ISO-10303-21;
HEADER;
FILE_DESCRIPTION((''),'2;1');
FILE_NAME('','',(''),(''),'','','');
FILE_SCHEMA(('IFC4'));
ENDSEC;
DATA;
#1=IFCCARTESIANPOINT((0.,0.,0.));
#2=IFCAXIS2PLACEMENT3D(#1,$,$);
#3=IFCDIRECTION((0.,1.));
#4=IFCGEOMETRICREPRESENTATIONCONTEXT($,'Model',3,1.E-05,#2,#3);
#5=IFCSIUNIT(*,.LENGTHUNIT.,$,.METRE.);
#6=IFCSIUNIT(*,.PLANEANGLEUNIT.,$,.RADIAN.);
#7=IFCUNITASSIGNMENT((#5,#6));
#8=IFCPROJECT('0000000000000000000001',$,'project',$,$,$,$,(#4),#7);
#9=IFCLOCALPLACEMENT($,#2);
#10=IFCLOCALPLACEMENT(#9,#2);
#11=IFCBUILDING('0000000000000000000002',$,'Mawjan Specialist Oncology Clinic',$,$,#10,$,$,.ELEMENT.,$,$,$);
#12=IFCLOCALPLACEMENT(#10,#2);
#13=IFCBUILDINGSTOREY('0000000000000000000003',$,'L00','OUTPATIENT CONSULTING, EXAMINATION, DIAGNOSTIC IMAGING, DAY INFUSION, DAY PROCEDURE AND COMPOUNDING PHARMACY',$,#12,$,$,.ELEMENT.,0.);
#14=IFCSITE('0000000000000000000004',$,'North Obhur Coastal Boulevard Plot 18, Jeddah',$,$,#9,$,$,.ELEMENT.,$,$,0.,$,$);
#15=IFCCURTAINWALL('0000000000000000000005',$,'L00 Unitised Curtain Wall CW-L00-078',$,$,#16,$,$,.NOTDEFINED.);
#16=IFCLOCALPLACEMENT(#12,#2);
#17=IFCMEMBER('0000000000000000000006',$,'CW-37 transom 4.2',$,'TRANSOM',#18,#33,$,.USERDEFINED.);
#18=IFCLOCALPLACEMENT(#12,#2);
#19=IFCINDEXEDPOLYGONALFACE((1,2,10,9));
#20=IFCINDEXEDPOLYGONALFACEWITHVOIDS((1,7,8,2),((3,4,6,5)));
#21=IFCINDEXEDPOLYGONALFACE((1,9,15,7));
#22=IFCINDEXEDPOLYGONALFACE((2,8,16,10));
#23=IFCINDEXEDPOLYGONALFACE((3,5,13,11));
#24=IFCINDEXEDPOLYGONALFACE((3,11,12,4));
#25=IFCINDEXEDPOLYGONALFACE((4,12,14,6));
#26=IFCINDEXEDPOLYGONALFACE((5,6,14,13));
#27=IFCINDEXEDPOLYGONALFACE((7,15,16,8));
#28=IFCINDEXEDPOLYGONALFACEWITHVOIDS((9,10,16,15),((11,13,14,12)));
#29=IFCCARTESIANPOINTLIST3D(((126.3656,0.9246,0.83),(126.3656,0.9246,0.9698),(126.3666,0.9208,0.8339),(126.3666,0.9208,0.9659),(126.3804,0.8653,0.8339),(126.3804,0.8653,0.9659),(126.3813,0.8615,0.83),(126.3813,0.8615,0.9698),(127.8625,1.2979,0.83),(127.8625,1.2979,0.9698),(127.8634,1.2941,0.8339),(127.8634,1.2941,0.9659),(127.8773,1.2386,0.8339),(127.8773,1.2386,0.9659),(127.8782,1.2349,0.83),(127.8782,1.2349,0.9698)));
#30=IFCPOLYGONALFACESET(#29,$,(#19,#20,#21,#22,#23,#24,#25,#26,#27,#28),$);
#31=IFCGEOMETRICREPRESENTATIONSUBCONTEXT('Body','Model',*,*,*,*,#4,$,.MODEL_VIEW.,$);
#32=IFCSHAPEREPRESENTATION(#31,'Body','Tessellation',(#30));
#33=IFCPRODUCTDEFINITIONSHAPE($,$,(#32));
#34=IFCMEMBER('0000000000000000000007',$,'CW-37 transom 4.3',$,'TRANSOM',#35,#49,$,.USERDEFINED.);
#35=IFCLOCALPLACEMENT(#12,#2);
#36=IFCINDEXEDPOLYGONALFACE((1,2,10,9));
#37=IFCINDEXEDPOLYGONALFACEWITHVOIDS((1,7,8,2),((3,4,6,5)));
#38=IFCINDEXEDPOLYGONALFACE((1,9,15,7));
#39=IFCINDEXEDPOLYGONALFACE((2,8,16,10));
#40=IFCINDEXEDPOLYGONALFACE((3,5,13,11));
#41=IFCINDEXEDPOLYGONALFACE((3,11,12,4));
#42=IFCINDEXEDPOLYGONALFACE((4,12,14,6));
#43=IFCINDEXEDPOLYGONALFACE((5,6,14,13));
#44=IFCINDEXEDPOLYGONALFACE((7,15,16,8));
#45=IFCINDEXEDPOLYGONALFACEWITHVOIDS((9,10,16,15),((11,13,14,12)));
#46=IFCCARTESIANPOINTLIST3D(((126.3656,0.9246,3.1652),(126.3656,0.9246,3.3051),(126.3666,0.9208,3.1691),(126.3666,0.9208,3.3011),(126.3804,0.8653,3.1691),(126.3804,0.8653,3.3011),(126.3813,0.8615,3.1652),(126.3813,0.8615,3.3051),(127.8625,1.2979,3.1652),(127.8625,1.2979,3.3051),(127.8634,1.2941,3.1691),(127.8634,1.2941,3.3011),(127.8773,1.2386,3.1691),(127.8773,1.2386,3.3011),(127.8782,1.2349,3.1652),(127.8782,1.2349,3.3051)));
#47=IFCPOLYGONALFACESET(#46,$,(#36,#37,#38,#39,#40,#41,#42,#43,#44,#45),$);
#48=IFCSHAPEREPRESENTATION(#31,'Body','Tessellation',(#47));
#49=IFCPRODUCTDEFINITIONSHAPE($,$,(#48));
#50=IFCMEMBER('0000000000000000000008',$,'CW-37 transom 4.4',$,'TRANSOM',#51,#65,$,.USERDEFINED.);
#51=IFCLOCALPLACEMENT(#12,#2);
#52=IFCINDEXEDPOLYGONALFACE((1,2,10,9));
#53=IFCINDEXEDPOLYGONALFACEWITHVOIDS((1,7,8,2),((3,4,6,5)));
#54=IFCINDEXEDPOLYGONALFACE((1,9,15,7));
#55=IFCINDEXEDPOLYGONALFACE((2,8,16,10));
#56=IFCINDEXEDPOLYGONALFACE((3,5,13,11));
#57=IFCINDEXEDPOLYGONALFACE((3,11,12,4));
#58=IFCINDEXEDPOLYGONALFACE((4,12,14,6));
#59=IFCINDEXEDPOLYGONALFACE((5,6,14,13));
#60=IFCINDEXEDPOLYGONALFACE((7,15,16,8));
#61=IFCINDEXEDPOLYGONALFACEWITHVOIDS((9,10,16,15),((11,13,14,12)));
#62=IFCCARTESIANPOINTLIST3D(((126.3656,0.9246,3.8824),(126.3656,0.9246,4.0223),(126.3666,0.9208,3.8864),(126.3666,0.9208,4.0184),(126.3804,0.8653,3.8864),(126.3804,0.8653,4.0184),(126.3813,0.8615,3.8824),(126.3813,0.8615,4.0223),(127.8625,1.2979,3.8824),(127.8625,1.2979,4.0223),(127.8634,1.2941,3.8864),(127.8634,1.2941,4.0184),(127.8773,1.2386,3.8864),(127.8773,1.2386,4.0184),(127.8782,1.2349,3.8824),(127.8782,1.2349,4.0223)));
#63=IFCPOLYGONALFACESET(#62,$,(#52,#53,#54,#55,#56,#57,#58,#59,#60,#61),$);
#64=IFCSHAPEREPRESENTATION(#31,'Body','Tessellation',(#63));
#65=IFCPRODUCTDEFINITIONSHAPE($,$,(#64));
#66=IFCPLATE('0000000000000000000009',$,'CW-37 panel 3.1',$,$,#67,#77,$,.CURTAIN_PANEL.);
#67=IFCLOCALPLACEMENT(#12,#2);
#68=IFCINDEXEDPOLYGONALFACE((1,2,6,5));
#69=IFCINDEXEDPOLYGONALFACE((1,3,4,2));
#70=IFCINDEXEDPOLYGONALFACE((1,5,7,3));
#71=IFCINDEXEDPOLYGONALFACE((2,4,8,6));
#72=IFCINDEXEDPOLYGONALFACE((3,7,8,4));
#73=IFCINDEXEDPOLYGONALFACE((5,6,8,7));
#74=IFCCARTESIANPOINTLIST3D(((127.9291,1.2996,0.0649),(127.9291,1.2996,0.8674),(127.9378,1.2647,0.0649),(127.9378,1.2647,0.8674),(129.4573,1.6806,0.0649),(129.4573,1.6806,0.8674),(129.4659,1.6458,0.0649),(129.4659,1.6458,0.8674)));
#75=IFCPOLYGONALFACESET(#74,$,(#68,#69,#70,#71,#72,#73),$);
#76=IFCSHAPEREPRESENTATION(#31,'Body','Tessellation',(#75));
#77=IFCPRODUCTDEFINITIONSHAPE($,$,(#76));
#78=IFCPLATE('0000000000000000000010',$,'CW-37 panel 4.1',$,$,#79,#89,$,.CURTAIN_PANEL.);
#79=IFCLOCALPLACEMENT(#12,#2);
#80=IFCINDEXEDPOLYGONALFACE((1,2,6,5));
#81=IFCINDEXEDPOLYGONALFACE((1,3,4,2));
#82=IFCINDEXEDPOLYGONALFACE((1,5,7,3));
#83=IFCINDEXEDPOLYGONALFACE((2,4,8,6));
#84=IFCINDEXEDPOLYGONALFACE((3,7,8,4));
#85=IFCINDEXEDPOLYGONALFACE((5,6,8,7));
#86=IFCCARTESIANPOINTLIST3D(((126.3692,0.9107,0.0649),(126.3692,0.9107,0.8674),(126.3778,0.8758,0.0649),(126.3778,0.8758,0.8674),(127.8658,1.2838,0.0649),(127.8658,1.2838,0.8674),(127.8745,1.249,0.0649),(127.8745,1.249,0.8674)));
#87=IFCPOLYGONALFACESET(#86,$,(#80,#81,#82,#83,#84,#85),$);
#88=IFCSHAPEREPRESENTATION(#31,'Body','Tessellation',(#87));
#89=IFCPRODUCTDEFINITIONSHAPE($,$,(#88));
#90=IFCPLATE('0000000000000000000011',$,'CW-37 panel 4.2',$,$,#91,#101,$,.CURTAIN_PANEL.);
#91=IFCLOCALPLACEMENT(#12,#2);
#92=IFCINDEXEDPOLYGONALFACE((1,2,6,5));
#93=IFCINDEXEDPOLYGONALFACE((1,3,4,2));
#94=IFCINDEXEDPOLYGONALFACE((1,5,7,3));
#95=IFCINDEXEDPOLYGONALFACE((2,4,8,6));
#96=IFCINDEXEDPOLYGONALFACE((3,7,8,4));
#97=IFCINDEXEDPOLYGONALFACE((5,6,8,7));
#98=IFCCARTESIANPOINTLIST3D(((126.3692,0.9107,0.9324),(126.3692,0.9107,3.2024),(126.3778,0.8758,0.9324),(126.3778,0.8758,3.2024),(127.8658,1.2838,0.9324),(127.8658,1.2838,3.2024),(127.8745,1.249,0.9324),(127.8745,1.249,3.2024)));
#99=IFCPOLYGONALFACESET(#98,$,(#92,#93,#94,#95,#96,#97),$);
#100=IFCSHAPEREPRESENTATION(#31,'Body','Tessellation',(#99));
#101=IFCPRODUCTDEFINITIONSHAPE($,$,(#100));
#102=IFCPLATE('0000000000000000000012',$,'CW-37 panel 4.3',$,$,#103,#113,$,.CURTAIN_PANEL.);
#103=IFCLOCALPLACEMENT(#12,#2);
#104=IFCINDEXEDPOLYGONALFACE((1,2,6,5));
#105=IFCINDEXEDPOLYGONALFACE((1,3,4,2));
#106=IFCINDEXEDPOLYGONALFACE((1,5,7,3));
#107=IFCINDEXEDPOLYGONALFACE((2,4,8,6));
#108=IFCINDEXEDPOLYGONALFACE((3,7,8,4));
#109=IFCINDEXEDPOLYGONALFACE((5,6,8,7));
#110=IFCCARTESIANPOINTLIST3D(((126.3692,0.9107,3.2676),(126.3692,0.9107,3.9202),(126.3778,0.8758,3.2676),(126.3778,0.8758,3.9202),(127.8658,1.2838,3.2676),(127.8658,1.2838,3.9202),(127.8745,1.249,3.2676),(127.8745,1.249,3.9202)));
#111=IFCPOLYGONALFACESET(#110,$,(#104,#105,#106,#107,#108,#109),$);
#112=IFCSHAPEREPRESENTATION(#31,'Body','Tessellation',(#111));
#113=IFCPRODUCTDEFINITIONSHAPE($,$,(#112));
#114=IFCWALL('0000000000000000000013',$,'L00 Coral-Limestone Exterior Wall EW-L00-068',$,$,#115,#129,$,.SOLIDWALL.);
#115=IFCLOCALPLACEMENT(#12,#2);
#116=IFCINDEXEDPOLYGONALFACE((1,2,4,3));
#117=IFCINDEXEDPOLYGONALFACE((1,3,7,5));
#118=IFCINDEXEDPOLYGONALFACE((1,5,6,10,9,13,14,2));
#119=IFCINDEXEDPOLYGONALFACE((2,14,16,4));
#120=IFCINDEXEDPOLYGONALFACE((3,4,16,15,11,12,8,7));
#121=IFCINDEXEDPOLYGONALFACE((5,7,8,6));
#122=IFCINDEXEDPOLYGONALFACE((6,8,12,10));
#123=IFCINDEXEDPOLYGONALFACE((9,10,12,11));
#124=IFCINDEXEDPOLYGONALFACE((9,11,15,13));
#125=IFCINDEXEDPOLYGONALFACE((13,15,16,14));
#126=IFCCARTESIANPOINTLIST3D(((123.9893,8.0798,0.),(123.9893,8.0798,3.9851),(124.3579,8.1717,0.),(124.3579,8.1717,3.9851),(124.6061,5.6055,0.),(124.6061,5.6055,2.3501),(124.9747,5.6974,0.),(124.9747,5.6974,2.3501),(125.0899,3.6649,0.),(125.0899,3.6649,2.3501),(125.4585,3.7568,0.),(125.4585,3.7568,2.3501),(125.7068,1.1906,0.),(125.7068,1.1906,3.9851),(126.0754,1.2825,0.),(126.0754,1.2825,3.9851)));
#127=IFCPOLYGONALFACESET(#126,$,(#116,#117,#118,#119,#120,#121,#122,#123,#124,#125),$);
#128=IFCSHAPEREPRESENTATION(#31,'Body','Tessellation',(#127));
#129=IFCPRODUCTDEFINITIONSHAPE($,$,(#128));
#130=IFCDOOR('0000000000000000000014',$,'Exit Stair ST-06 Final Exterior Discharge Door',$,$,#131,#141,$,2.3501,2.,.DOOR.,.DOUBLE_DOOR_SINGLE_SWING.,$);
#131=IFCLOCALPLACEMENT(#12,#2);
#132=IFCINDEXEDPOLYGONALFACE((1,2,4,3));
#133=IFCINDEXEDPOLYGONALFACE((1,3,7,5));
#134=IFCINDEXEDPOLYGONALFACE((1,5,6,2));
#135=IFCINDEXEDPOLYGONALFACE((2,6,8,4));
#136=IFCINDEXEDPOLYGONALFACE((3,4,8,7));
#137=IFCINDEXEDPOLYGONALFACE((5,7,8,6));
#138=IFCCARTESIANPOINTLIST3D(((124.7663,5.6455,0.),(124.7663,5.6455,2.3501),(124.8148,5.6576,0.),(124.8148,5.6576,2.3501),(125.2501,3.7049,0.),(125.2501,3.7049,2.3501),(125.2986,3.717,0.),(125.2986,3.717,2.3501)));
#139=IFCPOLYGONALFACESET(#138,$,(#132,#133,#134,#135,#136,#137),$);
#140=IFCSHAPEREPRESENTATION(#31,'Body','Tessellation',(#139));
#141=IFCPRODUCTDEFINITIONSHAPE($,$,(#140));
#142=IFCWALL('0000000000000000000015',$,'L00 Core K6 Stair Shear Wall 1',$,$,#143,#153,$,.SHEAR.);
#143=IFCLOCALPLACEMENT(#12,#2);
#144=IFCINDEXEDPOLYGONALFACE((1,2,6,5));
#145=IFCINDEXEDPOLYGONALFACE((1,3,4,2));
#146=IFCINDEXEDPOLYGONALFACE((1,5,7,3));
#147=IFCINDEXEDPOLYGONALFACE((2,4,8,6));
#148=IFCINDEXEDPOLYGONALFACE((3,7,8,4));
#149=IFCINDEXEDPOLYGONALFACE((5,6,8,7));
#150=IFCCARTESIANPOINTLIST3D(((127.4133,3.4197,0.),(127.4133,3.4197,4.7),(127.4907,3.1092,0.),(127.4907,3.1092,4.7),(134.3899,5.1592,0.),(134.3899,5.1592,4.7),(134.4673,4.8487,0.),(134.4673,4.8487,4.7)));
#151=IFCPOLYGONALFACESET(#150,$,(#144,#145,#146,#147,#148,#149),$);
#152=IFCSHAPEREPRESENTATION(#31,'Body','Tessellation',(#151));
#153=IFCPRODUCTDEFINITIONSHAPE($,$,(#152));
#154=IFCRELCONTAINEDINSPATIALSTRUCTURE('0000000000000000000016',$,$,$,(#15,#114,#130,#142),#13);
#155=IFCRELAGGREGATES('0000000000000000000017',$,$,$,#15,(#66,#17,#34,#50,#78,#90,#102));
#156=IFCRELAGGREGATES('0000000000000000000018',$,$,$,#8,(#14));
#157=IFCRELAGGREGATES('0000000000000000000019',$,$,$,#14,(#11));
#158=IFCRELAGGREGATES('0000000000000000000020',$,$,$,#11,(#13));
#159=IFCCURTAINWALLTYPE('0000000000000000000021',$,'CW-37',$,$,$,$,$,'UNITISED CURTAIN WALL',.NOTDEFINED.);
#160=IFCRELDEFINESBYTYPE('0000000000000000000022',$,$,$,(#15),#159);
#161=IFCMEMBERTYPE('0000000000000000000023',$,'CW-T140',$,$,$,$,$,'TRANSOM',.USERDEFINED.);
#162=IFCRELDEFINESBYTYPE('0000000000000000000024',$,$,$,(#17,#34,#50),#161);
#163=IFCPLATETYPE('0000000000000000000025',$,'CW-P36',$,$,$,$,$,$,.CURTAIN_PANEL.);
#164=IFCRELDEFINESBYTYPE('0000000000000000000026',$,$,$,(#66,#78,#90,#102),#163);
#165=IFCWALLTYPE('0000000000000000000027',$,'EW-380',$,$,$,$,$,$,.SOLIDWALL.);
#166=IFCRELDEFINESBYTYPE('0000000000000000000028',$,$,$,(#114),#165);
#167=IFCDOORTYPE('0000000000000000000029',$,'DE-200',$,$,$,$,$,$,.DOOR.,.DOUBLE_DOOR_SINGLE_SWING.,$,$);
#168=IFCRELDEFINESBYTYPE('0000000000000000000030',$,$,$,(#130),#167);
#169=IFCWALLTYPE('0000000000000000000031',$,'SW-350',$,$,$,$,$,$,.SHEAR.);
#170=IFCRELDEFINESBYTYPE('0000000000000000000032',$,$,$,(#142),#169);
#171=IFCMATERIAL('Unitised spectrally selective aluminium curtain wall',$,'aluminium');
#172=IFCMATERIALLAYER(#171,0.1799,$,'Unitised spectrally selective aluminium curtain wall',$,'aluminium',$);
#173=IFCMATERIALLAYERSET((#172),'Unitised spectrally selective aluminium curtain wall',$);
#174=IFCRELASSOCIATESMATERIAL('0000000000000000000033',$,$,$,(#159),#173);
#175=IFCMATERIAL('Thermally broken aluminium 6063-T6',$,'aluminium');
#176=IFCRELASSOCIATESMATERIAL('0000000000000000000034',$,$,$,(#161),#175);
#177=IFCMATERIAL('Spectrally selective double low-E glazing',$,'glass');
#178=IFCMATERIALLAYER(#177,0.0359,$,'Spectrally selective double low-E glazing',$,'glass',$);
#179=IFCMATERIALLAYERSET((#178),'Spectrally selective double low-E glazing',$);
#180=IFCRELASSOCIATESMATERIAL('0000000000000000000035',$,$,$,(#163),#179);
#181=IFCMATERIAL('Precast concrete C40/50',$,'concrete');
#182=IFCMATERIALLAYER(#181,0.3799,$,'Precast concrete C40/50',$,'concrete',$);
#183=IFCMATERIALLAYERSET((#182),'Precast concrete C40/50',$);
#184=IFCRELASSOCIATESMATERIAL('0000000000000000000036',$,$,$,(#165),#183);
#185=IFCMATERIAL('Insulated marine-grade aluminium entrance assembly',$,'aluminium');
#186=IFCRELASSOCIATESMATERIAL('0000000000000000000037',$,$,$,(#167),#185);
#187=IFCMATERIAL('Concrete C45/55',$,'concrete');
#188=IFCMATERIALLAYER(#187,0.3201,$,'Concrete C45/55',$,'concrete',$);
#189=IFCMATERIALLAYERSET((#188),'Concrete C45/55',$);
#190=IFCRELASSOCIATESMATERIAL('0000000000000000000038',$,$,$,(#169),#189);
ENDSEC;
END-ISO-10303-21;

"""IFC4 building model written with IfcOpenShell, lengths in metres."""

from ifc_helpers import new_model, si_unit, direction, frame, frame_2d, origin, origin_2d, place, context, subcontext, project, spatial, rectangle, hollow_rectangle, extrude, material, layer, layer_set, material_profile, profile_set, type_object, element, fill, aggregate, save


model = new_model("IFC4")

# Units and contexts
model_context = context("Model", 3, precision=1e-05, world=origin(), true_north=direction((0.0, 1.0)))
body_context = subcontext(model_context, "Body", "Model", "MODEL_VIEW")
ifc_project = project(units=[si_unit("LENGTHUNIT", "METRE"), si_unit("PLANEANGLEUNIT", "RADIAN")], contexts=[model_context])

# Site, building, storey
site_placement = place(None, origin())
site = spatial("IfcSite", under=ifc_project, at=site_placement, Name="North Obhur Coastal Boulevard Plot 18, Jeddah", CompositionType="ELEMENT", RefElevation=0.0)
building_placement = place(site_placement, origin())
building = spatial("IfcBuilding", under=site, at=building_placement, Name="Mawjan Specialist Oncology Clinic", CompositionType="ELEMENT")
storey_placement = place(building_placement, origin())
storey = spatial("IfcBuildingStorey", under=building, at=storey_placement, Name="L00", Description="OUTPATIENT CONSULTING, EXAMINATION, DIAGNOSTIC IMAGING, DAY INFUSION, DAY PROCEDURE AND COMPOUNDING PHARMACY", CompositionType="ELEMENT", Elevation=0.0)

# Curtain wall, members, plates
ifc_material_1 = material(Name="Unitised spectrally selective aluminium curtain wall", Category="aluminium")
ifc_layer_1 = layer(ifc_material_1, 0.1799, Name="Unitised spectrally selective aluminium curtain wall", Category="aluminium")
ifc_layer_set_1 = layer_set([ifc_layer_1], Name="Unitised spectrally selective aluminium curtain wall")
curtain_wall_type = type_object("IfcCurtainWallType", Name="CW-37", ElementType="UNITISED CURTAIN WALL", PredefinedType="NOTDEFINED", material=ifc_layer_set_1)
curtain_wall_placement = place(storey_placement, origin())
curtain_wall = element("IfcCurtainWall", 1, at=curtain_wall_placement, inside=storey, type_object=curtain_wall_type, Name="L00 Unitised Curtain Wall CW-L00-078", PredefinedType="NOTDEFINED")
ifc_material_2 = material(Name="Thermally broken aluminium 6063-T6", Category="aluminium")
ifc_material_profile_1 = material_profile(ifc_material_2, hollow_rectangle(XDim=0.0649, YDim=0.1399, WallThickness=0.0039, at=origin_2d()), Name="ALU TRANSOM 140x65x4", Category="aluminium")
ifc_profile_set_1 = profile_set([ifc_material_profile_1], Name="Thermally broken aluminium 6063-T6")
member_type_1 = type_object("IfcMemberType", Name="CW-T140", ElementType="TRANSOM", PredefinedType="USERDEFINED", material=ifc_profile_set_1)
member_1_placement = place(storey_placement, frame((127.8704, 1.2664, 0.8999), z_axis=(-0.970282, -0.241977, 0.0), x_axis=(0.241977, -0.970282, 0.0)))
member_1 = element("IfcMember", 2, at=member_1_placement, type_object=member_type_1, Name="CW-37 transom 4.2", ObjectType="TRANSOM", PredefinedType="USERDEFINED", context=body_context, shape_type="SweptSolid", body=[
    extrude(hollow_rectangle(XDim=0.0649, YDim=0.1399, WallThickness=0.0039, at=origin_2d()), origin(), (0.0, 0.0, 1.0), 1.5427),
])
member_2_placement = place(storey_placement, frame((127.8704, 1.2664, 3.2351), z_axis=(-0.970282, -0.241977, 0.0), x_axis=(0.241977, -0.970282, 0.0)))
member_2 = element("IfcMember", 3, at=member_2_placement, type_object=member_type_1, Name="CW-37 transom 4.3", ObjectType="TRANSOM", PredefinedType="USERDEFINED", context=body_context, shape_type="SweptSolid", body=[
    extrude(hollow_rectangle(XDim=0.0649, YDim=0.1399, WallThickness=0.0039, at=origin_2d()), origin(), (0.0, 0.0, 1.0), 1.5427),
])
member_3_placement = place(storey_placement, frame((127.8704, 1.2664, 3.9524), z_axis=(-0.970282, -0.241977, 0.0), x_axis=(0.241977, -0.970282, 0.0)))
member_3 = element("IfcMember", 4, at=member_3_placement, type_object=member_type_1, Name="CW-37 transom 4.4", ObjectType="TRANSOM", PredefinedType="USERDEFINED", context=body_context, shape_type="SweptSolid", body=[
    extrude(hollow_rectangle(XDim=0.0649, YDim=0.1399, WallThickness=0.0039, at=origin_2d()), origin(), (0.0, 0.0, 1.0), 1.5427),
])
ifc_material_3 = material(Name="Spectrally selective double low-E glazing", Category="glass")
ifc_layer_2 = layer(ifc_material_3, 0.0359, Name="Spectrally selective double low-E glazing", Category="glass")
ifc_layer_set_2 = layer_set([ifc_layer_2], Name="Spectrally selective double low-E glazing")
plate_type = type_object("IfcPlateType", Name="CW-P36", PredefinedType="CURTAIN_PANEL", material=ifc_layer_set_2)
plate_1_placement = place(storey_placement, frame((128.6975, 1.4727, 0.0649), z_axis=(0.0, 0.0, 1.0), x_axis=(-0.970296, -0.241922, 0.0)))
plate_1 = element("IfcPlate", 5, at=plate_1_placement, type_object=plate_type, Name="CW-37 panel 3.1", PredefinedType="CURTAIN_PANEL", context=body_context, shape_type="SweptSolid", body=[
    extrude(rectangle(XDim=1.575, YDim=0.0359, at=origin_2d()), origin(), (0.0, 0.0, 1.0), 0.8025),
])
plate_2_placement = place(storey_placement, frame((127.1218, 1.0798, 0.0649), z_axis=(0.0, 0.0, 1.0), x_axis=(-0.970296, -0.241922, 0.0)))
plate_2 = element("IfcPlate", 6, at=plate_2_placement, type_object=plate_type, Name="CW-37 panel 4.1", PredefinedType="CURTAIN_PANEL", context=body_context, shape_type="SweptSolid", body=[
    extrude(rectangle(XDim=1.5425, YDim=0.0359, at=origin_2d()), origin(), (0.0, 0.0, 1.0), 0.8025),
])
plate_3_placement = place(storey_placement, frame((127.1218, 1.0798, 0.9324), z_axis=(0.0, 0.0, 1.0), x_axis=(-0.970296, -0.241922, 0.0)))
plate_3 = element("IfcPlate", 7, at=plate_3_placement, type_object=plate_type, Name="CW-37 panel 4.2", PredefinedType="CURTAIN_PANEL", context=body_context, shape_type="SweptSolid", body=[
    extrude(rectangle(XDim=1.5425, YDim=0.0359, at=origin_2d()), origin(), (0.0, 0.0, 1.0), 2.27),
])
plate_4_placement = place(storey_placement, frame((127.1218, 1.0798, 3.2676), z_axis=(0.0, 0.0, 1.0), x_axis=(-0.970296, -0.241922, 0.0)))
plate_4 = element("IfcPlate", 8, at=plate_4_placement, type_object=plate_type, Name="CW-37 panel 4.3", PredefinedType="CURTAIN_PANEL", context=body_context, shape_type="SweptSolid", body=[
    extrude(rectangle(XDim=1.5425, YDim=0.0359, at=origin_2d()), origin(), (0.0, 0.0, 1.0), 0.6526),
])
aggregate(curtain_wall, [plate_1, member_1, member_2, member_3, plate_2, plate_3, plate_4])

# Wall, opening, door
ifc_material_4 = material(Name="Precast concrete C40/50", Category="concrete")
ifc_layer_3 = layer(ifc_material_4, 0.3799, Name="Precast concrete C40/50", Category="concrete")
ifc_layer_set_3 = layer_set([ifc_layer_3], Name="Precast concrete C40/50")
wall_type_1 = type_object("IfcWallType", Name="EW-380", PredefinedType="SOLIDWALL", material=ifc_layer_set_3)
wall_1_placement = place(storey_placement, frame((125.8911, 1.2366, 0.0), z_axis=(0.0, 0.0, 1.0), x_axis=(-0.241904, 0.9703, 0.0)))
wall_1 = element("IfcWall", 9, at=wall_1_placement, inside=storey, type_object=wall_type_1, Name="L00 Coral-Limestone Exterior Wall EW-L00-068", PredefinedType="SOLIDWALL", context=body_context, shape_type="SweptSolid", body=[
    extrude(rectangle(XDim=7.1001, YDim=0.3799, at=frame_2d((3.55, 0.0))), origin(), (0.0, 0.0, 1.0), 3.9851),
])
opening_1_placement = place(wall_1_placement, frame((2.55, 0.0, 0.0)))
opening_1 = element("IfcOpeningElement", 10, at=opening_1_placement, cuts=wall_1, PredefinedType="OPENING", context=body_context, shape_type="SweptSolid", body=[
    extrude(rectangle(XDim=2.0, YDim=2.3501, at=frame_2d((1.0, 1.175))), frame((0.0, 0.2019, 0.0), z_axis=(0.0, -1.0, 0.0), x_axis=(1.0, 0.0, 0.0)), (0.0, 0.0, 1.0), 0.4038),
])
ifc_material_5 = material(Name="Insulated marine-grade aluminium entrance assembly", Category="aluminium")
door_type_1 = type_object("IfcDoorType", Name="DE-200", OperationType="DOUBLE_DOOR_SINGLE_SWING", PredefinedType="DOOR", material=ifc_material_5)
door_1_placement = place(opening_1_placement, origin())
door_1 = element("IfcDoor", 11, at=door_1_placement, inside=storey, type_object=door_type_1, Name="Exit Stair ST-06 Final Exterior Discharge Door", OperationType="DOUBLE_DOOR_SINGLE_SWING", OverallHeight=2.3501, OverallWidth=2.0, PredefinedType="DOOR", context=body_context, shape_type="SweptSolid", body=[
    extrude(rectangle(XDim=2.0, YDim=2.3501, at=frame_2d((1.0, 1.175))), frame((0.0, 0.0249, 0.0), z_axis=(0.0, -1.0, 0.0), x_axis=(1.0, 0.0, 0.0)), (0.0, 0.0, 1.0), 0.05),
])
fill(opening_1, door_1)

# Wall
ifc_material_6 = material(Name="Concrete C45/55", Category="concrete")
ifc_layer_4 = layer(ifc_material_6, 0.3201, Name="Concrete C45/55", Category="concrete")
ifc_layer_set_4 = layer_set([ifc_layer_4], Name="Concrete C45/55")
wall_type_2 = type_object("IfcWallType", Name="SW-350", PredefinedType="SHEAR", material=ifc_layer_set_4)
wall_2_placement = place(storey_placement, frame((127.4519, 3.2644, 0.0), z_axis=(0.0, 0.0, 1.0), x_axis=(0.970294, 0.241928, 0.0)))
element("IfcWall", 12, at=wall_2_placement, inside=storey, type_object=wall_type_2, Name="L00 Core K6 Stair Shear Wall 1", PredefinedType="SHEAR", context=body_context, shape_type="SweptSolid", body=[
    extrude(rectangle(XDim=7.1902, YDim=0.3201, at=frame_2d((3.5952, 0.0))), origin(), (0.0, 0.0, 1.0), 4.7),
])

save(model, "model.ifc")
